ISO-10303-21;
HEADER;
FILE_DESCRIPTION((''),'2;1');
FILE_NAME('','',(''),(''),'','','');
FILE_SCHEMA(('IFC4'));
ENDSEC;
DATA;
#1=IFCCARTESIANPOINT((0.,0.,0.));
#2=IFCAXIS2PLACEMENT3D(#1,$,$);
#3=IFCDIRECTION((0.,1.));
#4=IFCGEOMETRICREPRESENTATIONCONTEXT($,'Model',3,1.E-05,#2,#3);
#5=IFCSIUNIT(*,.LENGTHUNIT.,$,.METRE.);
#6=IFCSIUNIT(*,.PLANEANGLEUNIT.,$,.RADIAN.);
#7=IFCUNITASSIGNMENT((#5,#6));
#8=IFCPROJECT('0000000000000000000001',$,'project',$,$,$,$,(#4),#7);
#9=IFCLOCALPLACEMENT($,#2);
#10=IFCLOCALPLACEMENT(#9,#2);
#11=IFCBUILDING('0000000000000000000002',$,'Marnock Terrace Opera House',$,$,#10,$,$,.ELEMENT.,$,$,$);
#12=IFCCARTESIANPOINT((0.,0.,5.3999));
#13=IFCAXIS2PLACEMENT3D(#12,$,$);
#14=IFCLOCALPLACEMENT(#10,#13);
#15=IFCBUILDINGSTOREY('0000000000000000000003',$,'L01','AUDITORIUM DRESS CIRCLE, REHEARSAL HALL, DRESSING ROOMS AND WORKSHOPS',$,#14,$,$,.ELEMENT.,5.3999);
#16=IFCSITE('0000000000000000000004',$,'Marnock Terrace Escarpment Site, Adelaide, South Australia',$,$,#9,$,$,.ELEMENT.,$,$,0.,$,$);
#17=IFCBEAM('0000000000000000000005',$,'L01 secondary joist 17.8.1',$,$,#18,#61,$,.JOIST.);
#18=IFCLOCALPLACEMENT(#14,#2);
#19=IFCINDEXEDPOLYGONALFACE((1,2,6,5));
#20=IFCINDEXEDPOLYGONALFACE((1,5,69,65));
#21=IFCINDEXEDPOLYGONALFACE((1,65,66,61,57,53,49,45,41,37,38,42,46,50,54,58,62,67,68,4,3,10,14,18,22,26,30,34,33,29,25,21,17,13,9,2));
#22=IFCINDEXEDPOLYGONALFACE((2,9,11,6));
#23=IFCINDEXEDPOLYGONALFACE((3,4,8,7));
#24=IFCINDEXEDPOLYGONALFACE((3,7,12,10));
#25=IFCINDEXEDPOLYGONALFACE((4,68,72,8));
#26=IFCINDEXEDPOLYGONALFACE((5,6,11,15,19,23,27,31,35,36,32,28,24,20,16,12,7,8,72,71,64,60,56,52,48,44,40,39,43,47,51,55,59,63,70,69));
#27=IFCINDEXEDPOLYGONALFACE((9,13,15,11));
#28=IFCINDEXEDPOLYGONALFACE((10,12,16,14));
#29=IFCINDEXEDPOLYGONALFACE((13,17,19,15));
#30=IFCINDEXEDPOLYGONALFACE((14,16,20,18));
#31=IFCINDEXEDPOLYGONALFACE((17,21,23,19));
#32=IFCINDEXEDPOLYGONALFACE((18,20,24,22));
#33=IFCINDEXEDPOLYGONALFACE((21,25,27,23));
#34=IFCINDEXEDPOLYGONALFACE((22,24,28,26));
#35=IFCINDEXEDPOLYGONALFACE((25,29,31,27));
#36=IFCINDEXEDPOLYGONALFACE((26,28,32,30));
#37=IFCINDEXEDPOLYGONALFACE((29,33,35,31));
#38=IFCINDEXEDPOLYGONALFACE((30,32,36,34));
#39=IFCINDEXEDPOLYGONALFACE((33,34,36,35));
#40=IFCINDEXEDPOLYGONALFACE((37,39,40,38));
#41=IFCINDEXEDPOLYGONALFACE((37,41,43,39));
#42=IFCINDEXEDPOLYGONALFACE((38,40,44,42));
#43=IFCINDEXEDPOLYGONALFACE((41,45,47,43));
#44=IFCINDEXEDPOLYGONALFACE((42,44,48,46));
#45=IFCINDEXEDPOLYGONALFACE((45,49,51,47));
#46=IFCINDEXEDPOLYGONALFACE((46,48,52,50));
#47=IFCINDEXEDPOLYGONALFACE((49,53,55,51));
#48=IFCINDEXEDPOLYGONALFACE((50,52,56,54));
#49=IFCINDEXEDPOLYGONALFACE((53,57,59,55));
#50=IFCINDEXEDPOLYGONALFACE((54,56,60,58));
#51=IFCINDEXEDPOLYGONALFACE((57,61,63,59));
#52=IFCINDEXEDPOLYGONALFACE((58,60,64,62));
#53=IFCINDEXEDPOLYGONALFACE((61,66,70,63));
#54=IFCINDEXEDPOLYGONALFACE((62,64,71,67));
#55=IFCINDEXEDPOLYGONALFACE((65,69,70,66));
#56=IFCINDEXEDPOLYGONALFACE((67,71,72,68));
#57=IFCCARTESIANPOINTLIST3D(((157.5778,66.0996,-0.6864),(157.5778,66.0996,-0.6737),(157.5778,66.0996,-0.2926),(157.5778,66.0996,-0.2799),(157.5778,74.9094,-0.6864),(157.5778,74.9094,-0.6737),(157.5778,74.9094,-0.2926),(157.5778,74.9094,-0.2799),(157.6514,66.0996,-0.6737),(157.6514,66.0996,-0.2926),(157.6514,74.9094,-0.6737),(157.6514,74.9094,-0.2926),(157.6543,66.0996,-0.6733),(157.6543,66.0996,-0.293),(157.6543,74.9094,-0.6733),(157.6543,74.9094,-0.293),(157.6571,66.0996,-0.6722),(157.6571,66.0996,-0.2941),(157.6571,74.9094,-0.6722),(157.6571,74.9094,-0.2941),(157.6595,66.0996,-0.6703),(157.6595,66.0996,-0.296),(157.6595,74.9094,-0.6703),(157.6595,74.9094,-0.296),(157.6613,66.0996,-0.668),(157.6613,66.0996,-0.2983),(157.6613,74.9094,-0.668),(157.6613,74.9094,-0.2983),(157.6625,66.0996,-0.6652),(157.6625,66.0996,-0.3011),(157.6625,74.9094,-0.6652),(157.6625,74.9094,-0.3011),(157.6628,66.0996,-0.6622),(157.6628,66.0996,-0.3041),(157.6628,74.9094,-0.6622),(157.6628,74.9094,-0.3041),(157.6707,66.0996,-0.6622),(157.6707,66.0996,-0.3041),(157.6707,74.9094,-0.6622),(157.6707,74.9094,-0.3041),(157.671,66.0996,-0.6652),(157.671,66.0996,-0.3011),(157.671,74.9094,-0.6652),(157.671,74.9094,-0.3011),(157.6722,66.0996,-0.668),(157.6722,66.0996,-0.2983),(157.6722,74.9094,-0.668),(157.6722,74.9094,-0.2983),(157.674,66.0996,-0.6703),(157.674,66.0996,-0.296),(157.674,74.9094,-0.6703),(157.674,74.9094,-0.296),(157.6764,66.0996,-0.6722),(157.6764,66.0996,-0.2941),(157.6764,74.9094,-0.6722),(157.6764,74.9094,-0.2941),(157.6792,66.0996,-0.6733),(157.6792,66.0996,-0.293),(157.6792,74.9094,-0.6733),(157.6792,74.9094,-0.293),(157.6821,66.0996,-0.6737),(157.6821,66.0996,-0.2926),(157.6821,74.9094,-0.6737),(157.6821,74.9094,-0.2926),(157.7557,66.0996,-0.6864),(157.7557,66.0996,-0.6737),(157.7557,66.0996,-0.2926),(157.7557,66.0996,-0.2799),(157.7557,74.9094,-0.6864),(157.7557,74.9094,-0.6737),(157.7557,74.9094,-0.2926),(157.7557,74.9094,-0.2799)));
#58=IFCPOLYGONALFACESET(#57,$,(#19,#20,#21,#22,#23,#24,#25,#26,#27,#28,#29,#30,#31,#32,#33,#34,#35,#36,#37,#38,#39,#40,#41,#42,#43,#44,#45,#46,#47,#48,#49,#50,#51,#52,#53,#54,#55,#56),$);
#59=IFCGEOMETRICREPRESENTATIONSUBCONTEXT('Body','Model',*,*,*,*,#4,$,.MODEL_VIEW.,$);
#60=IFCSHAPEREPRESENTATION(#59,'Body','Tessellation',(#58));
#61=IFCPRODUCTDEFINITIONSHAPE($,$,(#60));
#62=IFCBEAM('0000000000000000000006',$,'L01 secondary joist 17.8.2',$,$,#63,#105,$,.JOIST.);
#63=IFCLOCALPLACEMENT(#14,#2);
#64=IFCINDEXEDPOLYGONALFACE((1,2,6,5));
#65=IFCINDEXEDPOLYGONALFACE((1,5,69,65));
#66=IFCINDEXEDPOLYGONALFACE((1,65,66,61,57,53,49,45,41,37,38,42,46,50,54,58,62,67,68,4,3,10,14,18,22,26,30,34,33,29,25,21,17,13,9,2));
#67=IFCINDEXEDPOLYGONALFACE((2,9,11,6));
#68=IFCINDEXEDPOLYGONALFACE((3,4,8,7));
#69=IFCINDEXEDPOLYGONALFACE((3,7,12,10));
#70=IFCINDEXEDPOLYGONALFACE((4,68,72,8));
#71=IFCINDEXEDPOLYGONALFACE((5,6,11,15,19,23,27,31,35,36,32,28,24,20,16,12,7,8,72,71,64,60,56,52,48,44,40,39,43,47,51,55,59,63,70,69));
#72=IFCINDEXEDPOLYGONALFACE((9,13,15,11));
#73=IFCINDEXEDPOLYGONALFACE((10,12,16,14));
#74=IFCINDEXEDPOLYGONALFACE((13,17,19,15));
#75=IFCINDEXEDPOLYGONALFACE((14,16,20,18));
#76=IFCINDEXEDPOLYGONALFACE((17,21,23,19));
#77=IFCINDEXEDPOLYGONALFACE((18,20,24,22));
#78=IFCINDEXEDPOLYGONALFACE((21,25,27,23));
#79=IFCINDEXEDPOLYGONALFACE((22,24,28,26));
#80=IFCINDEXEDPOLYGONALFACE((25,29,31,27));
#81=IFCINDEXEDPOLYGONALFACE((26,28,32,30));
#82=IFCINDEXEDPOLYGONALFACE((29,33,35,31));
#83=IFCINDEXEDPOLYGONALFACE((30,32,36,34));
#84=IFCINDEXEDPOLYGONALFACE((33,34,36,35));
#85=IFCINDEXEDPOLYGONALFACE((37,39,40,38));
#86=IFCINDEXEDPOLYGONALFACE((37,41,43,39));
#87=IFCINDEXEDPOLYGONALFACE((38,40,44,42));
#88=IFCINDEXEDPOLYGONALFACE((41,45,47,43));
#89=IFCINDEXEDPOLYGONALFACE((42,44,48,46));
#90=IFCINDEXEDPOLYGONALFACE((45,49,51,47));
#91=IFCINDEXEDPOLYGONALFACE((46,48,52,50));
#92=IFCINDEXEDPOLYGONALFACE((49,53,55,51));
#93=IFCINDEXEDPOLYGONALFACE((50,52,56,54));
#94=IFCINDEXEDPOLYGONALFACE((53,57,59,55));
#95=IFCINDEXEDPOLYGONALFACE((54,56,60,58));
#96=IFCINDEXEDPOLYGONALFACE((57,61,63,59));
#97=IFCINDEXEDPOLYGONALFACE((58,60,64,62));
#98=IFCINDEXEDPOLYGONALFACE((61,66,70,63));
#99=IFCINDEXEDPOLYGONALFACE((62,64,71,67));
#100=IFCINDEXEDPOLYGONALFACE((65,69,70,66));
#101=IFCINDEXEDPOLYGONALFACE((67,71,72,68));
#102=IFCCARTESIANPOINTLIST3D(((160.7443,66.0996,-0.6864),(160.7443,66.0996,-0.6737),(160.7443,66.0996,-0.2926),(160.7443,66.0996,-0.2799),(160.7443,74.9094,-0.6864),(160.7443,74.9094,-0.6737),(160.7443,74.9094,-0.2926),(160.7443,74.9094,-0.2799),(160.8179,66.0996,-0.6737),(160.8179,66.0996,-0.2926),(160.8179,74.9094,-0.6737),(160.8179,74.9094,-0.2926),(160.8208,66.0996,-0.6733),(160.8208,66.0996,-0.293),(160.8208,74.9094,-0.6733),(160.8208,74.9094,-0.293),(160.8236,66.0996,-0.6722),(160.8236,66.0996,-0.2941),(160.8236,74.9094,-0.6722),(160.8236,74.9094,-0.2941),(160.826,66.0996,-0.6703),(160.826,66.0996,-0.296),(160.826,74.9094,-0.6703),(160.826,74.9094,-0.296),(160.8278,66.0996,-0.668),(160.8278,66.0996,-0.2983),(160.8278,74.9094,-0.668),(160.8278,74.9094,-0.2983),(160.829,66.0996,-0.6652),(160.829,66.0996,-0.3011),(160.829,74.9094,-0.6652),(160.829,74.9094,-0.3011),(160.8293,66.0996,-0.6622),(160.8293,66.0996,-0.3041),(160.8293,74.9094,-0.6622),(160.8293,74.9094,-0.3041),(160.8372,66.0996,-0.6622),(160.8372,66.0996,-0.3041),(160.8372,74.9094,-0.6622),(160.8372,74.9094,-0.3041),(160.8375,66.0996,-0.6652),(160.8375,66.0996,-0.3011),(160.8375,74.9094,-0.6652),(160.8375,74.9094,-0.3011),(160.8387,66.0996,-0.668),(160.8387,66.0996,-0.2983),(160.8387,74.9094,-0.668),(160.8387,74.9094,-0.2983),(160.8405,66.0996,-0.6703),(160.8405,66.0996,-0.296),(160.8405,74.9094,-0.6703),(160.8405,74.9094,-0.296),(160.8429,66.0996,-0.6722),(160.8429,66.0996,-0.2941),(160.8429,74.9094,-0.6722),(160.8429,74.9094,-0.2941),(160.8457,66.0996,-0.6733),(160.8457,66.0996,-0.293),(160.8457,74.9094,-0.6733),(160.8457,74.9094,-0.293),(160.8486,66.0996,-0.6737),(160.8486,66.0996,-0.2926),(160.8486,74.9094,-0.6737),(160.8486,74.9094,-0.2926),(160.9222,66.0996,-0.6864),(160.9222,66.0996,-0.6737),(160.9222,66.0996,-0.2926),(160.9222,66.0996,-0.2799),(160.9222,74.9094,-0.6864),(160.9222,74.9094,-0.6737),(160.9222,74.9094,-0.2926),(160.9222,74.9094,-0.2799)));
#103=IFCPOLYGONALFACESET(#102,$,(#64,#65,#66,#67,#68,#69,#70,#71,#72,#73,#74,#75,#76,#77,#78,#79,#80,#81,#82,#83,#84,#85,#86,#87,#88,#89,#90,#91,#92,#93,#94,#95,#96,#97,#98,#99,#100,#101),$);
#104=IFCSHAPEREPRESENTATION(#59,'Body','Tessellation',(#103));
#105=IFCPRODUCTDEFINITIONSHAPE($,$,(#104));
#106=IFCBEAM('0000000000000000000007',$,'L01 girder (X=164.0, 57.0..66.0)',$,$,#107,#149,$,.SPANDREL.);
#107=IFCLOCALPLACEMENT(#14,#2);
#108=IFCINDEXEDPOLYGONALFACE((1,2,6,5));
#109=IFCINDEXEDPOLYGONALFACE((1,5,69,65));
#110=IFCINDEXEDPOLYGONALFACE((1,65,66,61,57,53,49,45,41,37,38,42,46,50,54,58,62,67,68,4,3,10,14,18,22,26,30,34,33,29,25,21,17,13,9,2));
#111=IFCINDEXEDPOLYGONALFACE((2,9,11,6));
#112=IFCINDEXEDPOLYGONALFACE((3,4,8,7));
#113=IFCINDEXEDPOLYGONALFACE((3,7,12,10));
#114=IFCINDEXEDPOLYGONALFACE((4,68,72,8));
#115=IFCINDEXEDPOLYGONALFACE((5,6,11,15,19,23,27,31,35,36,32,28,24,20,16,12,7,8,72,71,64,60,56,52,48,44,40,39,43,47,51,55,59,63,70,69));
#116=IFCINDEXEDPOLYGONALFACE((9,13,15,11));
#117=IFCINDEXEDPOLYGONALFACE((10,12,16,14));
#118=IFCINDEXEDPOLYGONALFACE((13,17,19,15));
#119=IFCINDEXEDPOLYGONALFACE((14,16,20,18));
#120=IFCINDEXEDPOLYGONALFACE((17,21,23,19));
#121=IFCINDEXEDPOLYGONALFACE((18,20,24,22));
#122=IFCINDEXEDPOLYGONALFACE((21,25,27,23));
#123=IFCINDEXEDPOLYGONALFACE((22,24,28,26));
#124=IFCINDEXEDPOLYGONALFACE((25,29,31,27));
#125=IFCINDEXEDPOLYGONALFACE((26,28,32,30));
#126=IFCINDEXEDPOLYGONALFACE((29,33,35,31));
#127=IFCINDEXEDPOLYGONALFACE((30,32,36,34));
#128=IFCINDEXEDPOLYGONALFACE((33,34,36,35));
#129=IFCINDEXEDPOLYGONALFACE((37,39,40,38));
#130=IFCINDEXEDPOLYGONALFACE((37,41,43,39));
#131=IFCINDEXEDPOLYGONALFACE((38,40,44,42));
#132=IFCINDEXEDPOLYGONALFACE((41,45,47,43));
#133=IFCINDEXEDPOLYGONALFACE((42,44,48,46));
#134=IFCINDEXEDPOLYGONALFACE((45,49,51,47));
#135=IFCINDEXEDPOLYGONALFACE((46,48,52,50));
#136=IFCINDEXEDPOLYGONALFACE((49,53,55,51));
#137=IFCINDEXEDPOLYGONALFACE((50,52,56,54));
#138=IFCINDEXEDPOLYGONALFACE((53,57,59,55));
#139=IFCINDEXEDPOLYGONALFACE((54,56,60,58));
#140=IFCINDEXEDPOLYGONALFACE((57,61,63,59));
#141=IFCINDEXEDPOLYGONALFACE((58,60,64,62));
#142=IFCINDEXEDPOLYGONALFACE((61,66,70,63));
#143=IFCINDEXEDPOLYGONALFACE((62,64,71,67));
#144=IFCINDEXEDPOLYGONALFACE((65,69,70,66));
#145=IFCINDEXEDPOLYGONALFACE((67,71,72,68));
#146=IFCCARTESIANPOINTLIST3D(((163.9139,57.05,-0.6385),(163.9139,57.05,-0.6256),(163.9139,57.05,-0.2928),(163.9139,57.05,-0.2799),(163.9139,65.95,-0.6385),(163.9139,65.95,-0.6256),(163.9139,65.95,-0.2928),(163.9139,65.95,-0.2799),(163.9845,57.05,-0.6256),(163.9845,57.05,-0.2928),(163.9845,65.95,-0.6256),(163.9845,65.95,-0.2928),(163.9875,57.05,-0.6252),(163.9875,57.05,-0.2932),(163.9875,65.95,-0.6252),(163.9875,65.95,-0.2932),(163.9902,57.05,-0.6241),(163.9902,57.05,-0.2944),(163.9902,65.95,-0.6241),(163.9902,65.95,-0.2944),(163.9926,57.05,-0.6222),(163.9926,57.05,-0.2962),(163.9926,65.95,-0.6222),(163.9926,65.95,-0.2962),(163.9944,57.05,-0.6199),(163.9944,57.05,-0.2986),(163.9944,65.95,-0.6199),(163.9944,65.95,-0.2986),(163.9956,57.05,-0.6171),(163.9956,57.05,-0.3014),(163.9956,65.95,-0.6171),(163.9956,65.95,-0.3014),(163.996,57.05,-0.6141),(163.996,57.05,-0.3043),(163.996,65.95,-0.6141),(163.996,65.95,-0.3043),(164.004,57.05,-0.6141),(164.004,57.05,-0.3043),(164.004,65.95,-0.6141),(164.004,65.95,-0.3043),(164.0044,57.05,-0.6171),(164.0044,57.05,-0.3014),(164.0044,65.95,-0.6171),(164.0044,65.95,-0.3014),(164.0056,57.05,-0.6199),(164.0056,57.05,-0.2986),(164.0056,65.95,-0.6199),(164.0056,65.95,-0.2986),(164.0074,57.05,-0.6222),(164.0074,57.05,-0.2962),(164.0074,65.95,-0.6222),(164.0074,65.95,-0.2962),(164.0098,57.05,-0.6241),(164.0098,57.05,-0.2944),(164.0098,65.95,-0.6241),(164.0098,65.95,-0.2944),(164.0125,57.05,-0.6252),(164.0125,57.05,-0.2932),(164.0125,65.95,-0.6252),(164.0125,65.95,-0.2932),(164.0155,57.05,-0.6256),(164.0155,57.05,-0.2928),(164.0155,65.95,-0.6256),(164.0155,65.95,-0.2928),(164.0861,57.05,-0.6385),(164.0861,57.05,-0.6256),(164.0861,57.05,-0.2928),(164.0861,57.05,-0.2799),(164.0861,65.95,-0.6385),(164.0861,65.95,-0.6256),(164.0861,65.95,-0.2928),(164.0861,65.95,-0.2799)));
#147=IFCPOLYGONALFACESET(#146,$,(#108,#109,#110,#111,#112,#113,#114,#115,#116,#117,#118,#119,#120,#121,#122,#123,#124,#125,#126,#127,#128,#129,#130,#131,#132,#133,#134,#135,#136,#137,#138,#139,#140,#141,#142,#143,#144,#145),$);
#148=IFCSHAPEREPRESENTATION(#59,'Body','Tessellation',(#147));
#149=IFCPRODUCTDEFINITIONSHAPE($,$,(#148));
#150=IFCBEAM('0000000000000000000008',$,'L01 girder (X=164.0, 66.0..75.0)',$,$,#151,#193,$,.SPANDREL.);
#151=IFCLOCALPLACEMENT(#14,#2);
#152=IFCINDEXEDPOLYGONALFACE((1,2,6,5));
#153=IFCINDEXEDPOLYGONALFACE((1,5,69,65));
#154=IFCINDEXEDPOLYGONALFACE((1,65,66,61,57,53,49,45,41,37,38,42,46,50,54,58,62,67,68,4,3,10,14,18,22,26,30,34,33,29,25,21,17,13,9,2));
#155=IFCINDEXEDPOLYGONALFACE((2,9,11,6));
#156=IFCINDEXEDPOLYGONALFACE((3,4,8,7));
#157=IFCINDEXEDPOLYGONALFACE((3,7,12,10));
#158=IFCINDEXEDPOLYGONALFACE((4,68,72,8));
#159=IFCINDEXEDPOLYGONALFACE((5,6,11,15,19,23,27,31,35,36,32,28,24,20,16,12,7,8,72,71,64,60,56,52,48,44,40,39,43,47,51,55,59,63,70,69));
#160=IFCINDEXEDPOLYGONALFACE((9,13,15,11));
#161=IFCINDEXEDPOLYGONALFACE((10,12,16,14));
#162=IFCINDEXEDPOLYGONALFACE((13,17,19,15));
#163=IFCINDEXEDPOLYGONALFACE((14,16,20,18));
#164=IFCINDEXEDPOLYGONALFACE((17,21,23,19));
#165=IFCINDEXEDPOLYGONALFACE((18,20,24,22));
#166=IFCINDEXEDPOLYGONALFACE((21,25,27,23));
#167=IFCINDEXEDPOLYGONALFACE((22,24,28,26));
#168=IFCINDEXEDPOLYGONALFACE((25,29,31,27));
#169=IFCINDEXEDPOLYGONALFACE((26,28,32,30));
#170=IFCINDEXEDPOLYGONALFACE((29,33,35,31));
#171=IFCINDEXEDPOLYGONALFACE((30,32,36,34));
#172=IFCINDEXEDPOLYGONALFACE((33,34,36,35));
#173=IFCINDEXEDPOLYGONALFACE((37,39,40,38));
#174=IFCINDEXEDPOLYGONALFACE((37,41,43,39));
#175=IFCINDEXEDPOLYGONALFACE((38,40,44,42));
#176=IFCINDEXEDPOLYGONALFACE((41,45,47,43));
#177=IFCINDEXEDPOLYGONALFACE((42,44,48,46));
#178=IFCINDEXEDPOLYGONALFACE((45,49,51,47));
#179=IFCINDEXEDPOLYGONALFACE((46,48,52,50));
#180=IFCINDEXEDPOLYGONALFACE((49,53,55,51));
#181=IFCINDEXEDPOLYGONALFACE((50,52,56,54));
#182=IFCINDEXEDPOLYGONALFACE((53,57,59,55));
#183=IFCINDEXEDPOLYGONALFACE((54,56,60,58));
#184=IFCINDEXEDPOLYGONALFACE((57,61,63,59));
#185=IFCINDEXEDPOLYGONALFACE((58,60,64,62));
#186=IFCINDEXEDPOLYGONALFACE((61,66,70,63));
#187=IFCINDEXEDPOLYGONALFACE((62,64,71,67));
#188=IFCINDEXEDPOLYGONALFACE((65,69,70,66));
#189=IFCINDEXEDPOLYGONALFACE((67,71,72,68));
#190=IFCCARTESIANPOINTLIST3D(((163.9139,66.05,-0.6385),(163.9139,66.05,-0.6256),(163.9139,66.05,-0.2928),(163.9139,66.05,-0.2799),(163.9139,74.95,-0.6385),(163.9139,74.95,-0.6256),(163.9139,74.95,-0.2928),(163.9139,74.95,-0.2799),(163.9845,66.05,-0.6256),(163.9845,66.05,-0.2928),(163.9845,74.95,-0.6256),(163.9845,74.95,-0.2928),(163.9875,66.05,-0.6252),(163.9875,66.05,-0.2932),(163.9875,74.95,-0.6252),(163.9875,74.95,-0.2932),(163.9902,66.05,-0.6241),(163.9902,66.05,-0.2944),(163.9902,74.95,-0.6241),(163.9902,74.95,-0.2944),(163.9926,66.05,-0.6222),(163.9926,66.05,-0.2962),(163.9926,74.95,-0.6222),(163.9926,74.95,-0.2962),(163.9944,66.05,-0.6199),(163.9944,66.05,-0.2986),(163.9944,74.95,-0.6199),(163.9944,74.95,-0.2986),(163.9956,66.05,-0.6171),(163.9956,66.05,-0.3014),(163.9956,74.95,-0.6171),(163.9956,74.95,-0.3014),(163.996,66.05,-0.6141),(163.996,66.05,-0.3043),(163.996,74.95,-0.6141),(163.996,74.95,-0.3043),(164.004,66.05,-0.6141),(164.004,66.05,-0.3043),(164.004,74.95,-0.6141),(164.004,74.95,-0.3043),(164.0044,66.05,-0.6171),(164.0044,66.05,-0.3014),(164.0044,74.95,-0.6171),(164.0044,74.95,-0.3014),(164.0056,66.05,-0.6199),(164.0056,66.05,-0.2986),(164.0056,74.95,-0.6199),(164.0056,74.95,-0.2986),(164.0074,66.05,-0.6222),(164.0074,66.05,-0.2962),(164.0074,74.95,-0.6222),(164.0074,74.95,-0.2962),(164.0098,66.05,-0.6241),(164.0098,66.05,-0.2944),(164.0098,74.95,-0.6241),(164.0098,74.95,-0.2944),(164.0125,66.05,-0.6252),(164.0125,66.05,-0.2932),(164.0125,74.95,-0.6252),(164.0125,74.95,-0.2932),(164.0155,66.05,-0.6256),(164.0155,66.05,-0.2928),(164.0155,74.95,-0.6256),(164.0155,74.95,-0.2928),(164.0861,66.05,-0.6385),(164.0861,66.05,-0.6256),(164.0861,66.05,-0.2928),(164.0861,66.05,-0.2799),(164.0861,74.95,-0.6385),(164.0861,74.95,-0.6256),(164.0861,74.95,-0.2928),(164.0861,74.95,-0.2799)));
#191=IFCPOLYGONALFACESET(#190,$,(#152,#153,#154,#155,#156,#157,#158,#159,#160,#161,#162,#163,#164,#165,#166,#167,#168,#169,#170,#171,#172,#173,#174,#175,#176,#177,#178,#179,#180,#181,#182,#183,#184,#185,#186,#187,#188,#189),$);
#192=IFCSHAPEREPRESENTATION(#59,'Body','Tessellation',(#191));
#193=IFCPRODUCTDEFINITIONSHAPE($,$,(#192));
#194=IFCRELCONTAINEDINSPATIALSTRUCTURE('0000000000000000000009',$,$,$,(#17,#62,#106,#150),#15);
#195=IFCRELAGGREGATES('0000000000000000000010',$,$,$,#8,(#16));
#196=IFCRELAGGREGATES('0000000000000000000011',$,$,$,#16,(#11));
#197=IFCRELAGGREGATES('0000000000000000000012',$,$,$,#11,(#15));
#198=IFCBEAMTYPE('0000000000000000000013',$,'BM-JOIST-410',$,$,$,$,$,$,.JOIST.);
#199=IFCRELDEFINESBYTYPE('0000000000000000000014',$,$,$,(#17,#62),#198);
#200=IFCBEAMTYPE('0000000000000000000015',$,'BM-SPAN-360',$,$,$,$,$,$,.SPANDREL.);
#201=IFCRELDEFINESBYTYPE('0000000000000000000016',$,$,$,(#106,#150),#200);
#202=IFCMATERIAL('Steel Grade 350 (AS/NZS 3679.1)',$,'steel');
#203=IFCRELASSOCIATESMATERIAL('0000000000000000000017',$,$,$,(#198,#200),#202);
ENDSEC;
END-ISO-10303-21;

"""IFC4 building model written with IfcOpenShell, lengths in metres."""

from ifc_helpers import new_model, si_unit, direction, frame, origin, origin_2d, place, context, subcontext, project, spatial, i_section, extrude, material, material_profile, profile_set, type_object, element, save


model = new_model("IFC4")

# Units and contexts
model_context = context("Model", 3, precision=1e-05, world=origin(), true_north=direction((0.0, 1.0)))
body_context = subcontext(model_context, "Body", "Model", "MODEL_VIEW")
ifc_project = project(units=[si_unit("LENGTHUNIT", "METRE"), si_unit("PLANEANGLEUNIT", "RADIAN")], contexts=[model_context])

# Site, building, storey
site_placement = place(None, origin())
site = spatial("IfcSite", under=ifc_project, at=site_placement, Name="Marnock Terrace Escarpment Site, Adelaide, South Australia", CompositionType="ELEMENT", RefElevation=0.0)
building_placement = place(site_placement, origin())
building = spatial("IfcBuilding", under=site, at=building_placement, Name="Marnock Terrace Opera House", CompositionType="ELEMENT")
storey_placement = place(building_placement, frame((0.0, 0.0, 5.3999)))
storey = spatial("IfcBuildingStorey", under=building, at=storey_placement, Name="L01", Description="AUDITORIUM DRESS CIRCLE, REHEARSAL HALL, DRESSING ROOMS AND WORKSHOPS", CompositionType="ELEMENT", Elevation=5.3999)

# Beams
ifc_material_1 = material(Name="Steel Grade 350 (AS/NZS 3679.1)", Category="steel")
ifc_material_profile_1 = material_profile(ifc_material_1, i_section(OverallWidth=0.178, OverallDepth=0.4065, WebThickness=0.0078, FlangeThickness=0.0127, FilletRadius=0.0115, at=origin_2d()))
ifc_profile_set_1 = profile_set([ifc_material_profile_1], Name="Steel Grade 350 (AS/NZS 3679.1)")
beam_type_1 = type_object("IfcBeamType", Name="BM-JOIST-410", PredefinedType="JOIST", material=ifc_profile_set_1)
for number, where, z_axis, x_axis, name in (
    (1, (157.6667, 66.0996, -0.4832), (0.0, 1.0, 0.0), (-1.0, 0.0, 0.0), "L01 secondary joist 17.8.1"),
    (2, (160.8333, 66.0996, -0.4832), (0.0, 1.0, 0.0), (-1.0, 0.0, 0.0), "L01 secondary joist 17.8.2"),
):
    element("IfcBeam", number, at=place(storey_placement, frame(where, z_axis=z_axis, x_axis=x_axis)), inside=storey, type_object=beam_type_1, Name=name, PredefinedType="JOIST", context=body_context, shape_type="SweptSolid", body=[
        extrude(i_section(OverallWidth=0.178, OverallDepth=0.4065, WebThickness=0.0078, FlangeThickness=0.0127, FilletRadius=0.0115, at=origin_2d()), origin(), (0.0, 0.0, 1.0), 8.8098),
    ])
ifc_material_profile_2 = material_profile(ifc_material_1, i_section(OverallWidth=0.1721, OverallDepth=0.3586, WebThickness=0.0081, FlangeThickness=0.0129, FilletRadius=0.0115, at=origin_2d()))
ifc_profile_set_2 = profile_set([ifc_material_profile_2], Name="Steel Grade 350 (AS/NZS 3679.1)")
beam_type_2 = type_object("IfcBeamType", Name="BM-SPAN-360", PredefinedType="SPANDREL", material=ifc_profile_set_2)
for number, where, z_axis, x_axis, name in (
    (3, (164.0, 57.05, -0.4592), (0.0, 1.0, 0.0), (-1.0, 0.0, 0.0), "L01 girder (X=164.0, 57.0..66.0)"),
    (4, (164.0, 66.05, -0.4592), (0.0, 1.0, 0.0), (-1.0, 0.0, 0.0), "L01 girder (X=164.0, 66.0..75.0)"),
):
    element("IfcBeam", number, at=place(storey_placement, frame(where, z_axis=z_axis, x_axis=x_axis)), inside=storey, type_object=beam_type_2, Name=name, PredefinedType="SPANDREL", context=body_context, shape_type="SweptSolid", body=[
        extrude(i_section(OverallWidth=0.1721, OverallDepth=0.3586, WebThickness=0.0081, FlangeThickness=0.0129, FilletRadius=0.0115, at=origin_2d()), origin(), (0.0, 0.0, 1.0), 8.8999),
    ])

save(model, "model.ifc")
